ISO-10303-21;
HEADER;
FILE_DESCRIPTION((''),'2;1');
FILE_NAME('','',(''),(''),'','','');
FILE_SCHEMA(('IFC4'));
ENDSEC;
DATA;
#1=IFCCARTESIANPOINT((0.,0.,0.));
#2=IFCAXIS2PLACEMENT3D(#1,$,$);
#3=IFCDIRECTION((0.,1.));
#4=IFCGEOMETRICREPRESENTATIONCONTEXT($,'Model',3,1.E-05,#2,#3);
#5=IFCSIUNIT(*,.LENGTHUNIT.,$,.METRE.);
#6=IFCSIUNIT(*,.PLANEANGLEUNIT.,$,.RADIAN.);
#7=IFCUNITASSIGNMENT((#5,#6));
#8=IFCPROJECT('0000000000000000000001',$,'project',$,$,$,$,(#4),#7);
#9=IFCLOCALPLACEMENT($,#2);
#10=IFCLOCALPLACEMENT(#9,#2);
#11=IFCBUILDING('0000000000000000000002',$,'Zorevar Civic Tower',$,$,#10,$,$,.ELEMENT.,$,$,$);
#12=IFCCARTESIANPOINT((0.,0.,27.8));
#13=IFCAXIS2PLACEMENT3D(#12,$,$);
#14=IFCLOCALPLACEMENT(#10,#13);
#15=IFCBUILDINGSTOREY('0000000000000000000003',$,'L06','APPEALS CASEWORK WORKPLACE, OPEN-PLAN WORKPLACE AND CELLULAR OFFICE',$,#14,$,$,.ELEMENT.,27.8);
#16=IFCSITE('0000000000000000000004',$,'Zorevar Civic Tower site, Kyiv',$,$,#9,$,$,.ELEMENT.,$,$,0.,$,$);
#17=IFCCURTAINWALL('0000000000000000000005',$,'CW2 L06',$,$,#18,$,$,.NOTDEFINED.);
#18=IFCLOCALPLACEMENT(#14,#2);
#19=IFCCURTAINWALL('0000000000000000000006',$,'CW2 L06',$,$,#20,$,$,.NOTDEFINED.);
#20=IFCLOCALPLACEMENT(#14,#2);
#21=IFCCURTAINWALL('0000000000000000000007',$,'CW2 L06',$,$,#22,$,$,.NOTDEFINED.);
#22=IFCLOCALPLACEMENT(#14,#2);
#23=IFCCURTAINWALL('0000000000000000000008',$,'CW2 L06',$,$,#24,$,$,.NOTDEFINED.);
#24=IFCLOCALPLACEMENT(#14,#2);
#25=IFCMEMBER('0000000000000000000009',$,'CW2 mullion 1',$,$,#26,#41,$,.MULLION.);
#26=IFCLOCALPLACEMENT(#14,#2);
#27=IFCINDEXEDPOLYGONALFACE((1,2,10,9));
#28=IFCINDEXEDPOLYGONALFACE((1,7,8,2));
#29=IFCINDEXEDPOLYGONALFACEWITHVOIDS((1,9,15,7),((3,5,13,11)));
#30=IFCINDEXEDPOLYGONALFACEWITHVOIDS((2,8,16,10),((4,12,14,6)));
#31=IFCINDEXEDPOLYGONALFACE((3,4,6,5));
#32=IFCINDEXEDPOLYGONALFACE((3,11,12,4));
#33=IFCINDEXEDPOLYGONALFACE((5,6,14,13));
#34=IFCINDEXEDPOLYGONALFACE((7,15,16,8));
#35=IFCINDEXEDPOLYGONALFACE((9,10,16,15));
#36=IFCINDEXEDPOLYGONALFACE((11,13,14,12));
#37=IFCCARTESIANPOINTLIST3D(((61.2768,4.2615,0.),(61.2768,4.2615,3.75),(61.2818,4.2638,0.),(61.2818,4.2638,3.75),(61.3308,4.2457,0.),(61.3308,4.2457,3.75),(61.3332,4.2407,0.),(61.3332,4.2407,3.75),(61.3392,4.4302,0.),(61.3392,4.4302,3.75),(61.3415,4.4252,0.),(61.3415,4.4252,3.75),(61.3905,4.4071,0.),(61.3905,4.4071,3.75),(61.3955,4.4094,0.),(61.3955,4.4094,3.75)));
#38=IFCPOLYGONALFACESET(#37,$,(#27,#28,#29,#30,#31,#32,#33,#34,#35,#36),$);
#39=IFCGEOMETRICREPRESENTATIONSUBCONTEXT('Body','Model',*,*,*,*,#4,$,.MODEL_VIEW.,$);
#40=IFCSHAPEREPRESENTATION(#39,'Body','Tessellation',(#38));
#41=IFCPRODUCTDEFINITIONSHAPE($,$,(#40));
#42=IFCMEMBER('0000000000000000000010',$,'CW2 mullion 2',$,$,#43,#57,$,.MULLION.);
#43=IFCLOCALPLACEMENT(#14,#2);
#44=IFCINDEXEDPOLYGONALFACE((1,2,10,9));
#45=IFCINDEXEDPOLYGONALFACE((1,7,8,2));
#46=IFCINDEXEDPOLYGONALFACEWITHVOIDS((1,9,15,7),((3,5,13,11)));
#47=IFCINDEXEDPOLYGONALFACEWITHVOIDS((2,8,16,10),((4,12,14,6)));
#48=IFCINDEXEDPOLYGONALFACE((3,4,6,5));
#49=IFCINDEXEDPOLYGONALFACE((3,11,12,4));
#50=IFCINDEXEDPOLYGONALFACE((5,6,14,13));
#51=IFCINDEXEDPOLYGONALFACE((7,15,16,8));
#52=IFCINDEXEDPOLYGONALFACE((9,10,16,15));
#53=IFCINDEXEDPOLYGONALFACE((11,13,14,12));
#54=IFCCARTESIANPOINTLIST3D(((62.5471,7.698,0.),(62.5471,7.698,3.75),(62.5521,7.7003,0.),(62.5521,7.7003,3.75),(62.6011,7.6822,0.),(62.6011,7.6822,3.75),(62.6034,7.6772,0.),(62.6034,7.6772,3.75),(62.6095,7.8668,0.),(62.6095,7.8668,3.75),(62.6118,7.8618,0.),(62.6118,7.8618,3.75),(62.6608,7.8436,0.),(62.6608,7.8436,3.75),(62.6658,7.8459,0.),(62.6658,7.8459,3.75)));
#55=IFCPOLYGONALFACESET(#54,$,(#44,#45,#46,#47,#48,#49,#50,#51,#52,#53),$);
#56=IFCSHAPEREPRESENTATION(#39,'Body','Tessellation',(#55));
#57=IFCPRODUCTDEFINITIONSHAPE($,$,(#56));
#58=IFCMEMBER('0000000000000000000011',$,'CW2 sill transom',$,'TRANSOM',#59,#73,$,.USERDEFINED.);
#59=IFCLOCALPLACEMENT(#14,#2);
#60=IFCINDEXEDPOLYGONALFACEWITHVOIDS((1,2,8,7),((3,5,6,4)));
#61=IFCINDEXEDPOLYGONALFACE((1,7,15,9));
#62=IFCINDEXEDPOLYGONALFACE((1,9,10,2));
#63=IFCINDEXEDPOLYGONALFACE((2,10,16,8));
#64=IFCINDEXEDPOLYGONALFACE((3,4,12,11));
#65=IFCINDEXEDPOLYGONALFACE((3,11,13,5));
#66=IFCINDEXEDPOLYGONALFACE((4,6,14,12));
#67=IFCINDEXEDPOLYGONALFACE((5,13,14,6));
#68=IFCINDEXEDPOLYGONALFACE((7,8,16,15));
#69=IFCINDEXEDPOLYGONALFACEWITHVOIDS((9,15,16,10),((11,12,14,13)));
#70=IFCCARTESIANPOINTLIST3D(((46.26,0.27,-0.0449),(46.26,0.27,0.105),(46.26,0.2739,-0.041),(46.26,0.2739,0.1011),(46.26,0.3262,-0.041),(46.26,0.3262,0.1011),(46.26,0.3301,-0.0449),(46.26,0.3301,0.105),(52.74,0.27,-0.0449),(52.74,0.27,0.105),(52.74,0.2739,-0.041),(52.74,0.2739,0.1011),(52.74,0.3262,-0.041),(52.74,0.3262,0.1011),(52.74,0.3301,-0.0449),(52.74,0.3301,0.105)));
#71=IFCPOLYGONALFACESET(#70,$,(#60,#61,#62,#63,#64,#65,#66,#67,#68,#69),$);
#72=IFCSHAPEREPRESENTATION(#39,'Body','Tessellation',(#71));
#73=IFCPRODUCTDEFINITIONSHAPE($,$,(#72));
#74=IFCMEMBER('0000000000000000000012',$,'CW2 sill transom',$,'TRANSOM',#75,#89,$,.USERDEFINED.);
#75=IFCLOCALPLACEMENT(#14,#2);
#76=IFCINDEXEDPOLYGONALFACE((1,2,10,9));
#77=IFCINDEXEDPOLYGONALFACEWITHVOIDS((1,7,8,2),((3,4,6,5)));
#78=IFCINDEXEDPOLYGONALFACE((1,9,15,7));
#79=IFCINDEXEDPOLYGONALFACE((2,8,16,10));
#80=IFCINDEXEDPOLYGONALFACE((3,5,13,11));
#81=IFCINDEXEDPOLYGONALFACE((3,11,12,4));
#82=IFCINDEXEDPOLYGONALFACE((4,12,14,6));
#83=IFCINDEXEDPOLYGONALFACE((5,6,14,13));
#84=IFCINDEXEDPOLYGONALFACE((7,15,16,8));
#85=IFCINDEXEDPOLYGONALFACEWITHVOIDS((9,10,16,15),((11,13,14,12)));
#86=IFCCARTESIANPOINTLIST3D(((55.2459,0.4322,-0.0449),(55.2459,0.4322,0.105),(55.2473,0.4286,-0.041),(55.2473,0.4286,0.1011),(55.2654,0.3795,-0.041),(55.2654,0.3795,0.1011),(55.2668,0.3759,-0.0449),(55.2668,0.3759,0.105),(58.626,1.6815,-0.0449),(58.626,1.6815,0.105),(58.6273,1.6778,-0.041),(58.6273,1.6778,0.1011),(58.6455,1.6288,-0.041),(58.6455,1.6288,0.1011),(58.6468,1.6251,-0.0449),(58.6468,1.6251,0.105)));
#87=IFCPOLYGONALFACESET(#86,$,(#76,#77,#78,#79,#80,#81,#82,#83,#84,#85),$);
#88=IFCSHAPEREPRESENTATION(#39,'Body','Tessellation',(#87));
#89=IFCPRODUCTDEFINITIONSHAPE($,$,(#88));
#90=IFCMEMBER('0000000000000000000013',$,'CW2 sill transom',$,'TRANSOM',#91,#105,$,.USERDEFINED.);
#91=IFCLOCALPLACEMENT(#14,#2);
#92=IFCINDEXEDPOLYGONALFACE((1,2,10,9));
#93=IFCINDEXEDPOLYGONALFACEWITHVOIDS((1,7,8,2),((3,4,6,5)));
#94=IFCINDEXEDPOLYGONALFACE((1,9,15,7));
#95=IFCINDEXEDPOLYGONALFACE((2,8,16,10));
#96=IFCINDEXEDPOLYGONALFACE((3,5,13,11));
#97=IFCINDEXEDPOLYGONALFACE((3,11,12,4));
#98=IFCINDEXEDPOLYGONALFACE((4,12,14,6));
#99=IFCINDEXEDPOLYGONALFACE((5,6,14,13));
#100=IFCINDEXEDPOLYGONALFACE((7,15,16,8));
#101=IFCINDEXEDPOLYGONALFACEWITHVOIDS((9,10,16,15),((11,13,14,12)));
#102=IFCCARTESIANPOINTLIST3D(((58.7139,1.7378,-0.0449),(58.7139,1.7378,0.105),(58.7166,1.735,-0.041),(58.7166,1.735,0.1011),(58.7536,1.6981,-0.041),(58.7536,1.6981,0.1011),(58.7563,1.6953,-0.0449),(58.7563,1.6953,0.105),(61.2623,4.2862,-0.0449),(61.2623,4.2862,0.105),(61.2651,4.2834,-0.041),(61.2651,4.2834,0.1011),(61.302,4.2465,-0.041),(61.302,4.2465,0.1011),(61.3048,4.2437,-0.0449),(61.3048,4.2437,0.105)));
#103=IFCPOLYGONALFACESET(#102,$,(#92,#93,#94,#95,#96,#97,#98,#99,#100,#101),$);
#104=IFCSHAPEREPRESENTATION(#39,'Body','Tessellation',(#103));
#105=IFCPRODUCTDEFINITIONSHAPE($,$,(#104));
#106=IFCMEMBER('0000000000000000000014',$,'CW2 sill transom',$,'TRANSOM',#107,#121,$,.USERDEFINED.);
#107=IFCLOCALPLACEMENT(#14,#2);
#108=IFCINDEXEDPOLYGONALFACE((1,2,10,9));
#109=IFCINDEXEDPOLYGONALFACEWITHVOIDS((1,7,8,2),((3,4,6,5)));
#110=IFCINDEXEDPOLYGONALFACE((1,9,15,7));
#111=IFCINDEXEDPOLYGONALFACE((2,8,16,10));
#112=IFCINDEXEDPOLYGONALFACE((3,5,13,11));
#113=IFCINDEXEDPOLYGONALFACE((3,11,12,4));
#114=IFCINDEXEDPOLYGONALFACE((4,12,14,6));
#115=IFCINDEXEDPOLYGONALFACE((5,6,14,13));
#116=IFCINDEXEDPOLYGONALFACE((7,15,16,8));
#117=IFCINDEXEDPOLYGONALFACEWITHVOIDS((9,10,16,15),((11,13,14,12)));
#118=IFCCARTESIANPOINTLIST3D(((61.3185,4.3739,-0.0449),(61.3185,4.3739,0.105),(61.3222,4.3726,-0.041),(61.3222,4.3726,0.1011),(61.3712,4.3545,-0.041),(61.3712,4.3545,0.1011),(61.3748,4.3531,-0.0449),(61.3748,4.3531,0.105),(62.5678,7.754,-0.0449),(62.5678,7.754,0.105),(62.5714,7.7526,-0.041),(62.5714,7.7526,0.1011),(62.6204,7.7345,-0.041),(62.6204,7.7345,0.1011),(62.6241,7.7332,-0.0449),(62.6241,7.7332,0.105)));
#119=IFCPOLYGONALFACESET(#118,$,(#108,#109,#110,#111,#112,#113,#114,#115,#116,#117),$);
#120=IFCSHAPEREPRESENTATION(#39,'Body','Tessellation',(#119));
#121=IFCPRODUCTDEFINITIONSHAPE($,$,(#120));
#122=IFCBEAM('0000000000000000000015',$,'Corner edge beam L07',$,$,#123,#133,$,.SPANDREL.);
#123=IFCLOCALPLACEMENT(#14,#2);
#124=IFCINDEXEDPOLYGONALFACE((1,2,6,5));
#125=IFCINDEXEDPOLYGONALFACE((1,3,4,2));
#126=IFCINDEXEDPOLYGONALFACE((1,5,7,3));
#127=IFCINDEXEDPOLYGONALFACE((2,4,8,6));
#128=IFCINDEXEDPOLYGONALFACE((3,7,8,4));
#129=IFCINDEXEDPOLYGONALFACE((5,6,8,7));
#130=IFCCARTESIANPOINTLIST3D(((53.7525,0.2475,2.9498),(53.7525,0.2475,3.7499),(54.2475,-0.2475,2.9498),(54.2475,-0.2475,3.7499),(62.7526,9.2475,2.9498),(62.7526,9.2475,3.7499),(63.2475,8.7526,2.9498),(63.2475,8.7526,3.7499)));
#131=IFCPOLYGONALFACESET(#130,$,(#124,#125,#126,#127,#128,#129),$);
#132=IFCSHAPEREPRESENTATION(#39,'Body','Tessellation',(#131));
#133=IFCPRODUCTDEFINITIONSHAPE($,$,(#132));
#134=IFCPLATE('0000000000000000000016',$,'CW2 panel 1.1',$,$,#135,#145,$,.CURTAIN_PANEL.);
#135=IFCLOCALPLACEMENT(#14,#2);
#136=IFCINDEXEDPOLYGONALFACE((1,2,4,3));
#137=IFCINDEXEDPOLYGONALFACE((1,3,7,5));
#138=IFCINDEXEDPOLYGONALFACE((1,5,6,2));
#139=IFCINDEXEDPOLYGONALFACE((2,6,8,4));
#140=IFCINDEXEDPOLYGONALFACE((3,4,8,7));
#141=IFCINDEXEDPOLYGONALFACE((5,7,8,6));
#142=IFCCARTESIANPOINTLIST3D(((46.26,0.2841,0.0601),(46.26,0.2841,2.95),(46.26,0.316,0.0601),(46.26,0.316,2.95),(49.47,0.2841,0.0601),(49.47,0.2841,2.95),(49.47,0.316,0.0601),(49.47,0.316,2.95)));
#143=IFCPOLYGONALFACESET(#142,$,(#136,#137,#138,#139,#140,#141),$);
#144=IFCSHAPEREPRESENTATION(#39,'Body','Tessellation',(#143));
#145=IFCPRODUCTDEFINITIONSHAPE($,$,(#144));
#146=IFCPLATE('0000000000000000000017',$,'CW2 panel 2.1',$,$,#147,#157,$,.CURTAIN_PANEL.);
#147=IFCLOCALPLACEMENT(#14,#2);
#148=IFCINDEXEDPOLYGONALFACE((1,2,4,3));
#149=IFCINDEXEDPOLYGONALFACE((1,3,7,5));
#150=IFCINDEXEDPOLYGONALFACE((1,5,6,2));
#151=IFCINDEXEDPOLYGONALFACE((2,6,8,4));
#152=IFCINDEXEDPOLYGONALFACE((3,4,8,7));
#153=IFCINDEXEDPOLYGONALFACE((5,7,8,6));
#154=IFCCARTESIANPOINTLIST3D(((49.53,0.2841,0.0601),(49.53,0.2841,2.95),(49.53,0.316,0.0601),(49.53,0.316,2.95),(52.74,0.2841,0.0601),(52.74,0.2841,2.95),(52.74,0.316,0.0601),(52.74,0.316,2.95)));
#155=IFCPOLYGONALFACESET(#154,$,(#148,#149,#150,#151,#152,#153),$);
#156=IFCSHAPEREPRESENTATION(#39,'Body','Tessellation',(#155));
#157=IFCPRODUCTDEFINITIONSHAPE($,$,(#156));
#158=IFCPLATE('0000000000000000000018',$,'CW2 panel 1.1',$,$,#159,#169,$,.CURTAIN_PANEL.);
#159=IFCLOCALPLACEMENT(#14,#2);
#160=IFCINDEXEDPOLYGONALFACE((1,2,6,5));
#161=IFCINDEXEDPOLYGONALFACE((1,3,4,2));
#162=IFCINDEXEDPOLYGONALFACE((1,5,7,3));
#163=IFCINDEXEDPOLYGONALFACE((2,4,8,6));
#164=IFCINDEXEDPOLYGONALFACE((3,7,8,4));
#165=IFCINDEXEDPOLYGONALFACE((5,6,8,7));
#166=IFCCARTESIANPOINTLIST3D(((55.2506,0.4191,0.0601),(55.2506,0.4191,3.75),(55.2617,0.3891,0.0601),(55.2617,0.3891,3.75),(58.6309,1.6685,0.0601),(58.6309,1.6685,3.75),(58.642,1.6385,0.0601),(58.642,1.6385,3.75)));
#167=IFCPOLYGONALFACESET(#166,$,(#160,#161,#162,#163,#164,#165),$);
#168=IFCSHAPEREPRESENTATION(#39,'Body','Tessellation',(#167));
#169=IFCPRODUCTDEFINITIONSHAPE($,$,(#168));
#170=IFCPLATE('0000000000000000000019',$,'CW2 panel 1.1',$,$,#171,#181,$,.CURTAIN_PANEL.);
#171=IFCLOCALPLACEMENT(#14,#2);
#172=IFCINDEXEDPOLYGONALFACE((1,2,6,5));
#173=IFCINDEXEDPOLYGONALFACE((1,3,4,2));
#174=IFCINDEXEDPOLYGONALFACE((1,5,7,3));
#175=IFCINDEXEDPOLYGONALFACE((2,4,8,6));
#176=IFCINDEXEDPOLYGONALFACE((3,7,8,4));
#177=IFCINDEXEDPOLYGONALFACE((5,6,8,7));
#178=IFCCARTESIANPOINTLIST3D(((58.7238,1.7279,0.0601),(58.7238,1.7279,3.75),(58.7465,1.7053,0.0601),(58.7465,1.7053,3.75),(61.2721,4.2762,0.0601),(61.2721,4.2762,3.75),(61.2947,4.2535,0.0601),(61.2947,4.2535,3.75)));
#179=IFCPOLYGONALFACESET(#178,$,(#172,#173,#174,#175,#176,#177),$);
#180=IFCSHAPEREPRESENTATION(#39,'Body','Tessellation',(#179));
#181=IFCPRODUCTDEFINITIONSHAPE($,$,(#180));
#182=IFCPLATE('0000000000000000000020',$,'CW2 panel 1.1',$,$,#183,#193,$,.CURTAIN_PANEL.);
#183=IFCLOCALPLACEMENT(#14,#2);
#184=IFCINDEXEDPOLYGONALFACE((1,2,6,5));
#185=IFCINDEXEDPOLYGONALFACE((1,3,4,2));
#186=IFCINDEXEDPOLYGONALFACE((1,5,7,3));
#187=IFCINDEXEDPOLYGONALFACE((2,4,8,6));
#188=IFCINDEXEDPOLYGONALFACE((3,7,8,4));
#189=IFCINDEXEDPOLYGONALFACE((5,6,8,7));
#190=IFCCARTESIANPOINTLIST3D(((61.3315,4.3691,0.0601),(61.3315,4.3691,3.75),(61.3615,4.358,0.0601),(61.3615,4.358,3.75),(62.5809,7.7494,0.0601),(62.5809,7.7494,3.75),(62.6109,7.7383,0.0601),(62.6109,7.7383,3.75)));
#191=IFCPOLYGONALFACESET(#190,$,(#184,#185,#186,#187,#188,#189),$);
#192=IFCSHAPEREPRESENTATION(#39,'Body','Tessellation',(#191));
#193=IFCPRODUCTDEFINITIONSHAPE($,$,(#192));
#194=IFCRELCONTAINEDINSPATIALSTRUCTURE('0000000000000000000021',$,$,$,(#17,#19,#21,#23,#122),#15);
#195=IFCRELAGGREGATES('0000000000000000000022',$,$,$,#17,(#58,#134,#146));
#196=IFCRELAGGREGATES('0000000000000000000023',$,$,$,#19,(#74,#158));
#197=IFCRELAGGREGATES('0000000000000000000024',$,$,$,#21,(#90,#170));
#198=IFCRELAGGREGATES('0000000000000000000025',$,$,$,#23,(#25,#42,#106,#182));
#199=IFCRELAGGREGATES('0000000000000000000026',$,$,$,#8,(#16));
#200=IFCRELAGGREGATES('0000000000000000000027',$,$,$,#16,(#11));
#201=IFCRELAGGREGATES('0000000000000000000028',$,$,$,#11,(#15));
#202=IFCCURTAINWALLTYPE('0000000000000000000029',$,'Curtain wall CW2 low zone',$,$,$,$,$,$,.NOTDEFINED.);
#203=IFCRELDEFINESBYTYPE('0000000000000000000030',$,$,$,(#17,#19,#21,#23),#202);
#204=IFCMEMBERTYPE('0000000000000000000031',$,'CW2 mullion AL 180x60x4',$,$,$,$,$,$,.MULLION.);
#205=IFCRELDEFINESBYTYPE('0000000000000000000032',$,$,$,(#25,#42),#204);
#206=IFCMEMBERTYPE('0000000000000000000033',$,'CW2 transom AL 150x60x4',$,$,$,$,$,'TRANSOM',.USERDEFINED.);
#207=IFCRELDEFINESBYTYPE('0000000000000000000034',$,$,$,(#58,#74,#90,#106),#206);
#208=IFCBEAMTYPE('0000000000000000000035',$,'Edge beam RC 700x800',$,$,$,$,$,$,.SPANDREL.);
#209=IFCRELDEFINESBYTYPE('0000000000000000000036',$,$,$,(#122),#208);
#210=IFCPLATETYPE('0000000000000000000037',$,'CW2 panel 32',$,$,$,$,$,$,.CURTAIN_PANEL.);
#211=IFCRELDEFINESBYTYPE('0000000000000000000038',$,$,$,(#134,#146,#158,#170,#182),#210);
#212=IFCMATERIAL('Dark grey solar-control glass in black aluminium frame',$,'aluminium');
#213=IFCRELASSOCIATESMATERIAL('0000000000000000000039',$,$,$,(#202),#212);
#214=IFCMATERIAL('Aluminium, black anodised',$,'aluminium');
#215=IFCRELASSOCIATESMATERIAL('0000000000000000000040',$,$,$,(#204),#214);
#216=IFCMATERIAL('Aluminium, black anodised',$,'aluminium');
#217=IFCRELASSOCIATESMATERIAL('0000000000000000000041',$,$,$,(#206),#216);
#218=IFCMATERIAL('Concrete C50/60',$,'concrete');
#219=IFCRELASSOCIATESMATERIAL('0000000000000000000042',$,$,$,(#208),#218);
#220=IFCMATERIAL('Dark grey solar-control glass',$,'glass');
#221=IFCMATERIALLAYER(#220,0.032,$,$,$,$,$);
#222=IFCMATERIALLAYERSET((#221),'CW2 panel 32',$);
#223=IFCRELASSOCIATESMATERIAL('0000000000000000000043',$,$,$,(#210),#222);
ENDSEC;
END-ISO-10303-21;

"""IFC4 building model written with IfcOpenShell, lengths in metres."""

from ifc_helpers import new_model, si_unit, direction, frame, origin, origin_2d, place, context, subcontext, project, spatial, rectangle, hollow_rectangle, extrude, material, layer, layer_set, material_profile, profile_set, type_object, element, aggregate, save


model = new_model("IFC4")

# Units and contexts
model_context = context("Model", 3, precision=1e-05, world=origin(), true_north=direction((0.0, 1.0)))
body_context = subcontext(model_context, "Body", "Model", "MODEL_VIEW")
ifc_project = project(units=[si_unit("LENGTHUNIT", "METRE"), si_unit("PLANEANGLEUNIT", "RADIAN")], contexts=[model_context])

# Site, building, storey
site_placement = place(None, origin())
site = spatial("IfcSite", under=ifc_project, at=site_placement, Name="Zorevar Civic Tower site, Kyiv", CompositionType="ELEMENT", RefElevation=0.0)
building_placement = place(site_placement, origin())
building = spatial("IfcBuilding", under=site, at=building_placement, Name="Zorevar Civic Tower", CompositionType="ELEMENT")
storey_placement = place(building_placement, frame((0.0, 0.0, 27.8)))
storey = spatial("IfcBuildingStorey", under=building, at=storey_placement, Name="L06", Description="APPEALS CASEWORK WORKPLACE, OPEN-PLAN WORKPLACE AND CELLULAR OFFICE", CompositionType="ELEMENT", Elevation=27.8)

# Curtain walls, members
ifc_material_1 = material(Name="Dark grey solar-control glass in black aluminium frame", Category="aluminium")
curtain_wall_type = type_object("IfcCurtainWallType", Name="Curtain wall CW2 low zone", PredefinedType="NOTDEFINED", material=ifc_material_1)
curtain_wall_1_placement = place(storey_placement, origin())
curtain_wall_1 = element("IfcCurtainWall", 1, at=curtain_wall_1_placement, inside=storey, type_object=curtain_wall_type, Name="CW2 L06", PredefinedType="NOTDEFINED")
ifc_material_2 = material(Name="Aluminium, black anodised", Category="aluminium")
ifc_material_profile_1 = material_profile(ifc_material_2, hollow_rectangle(XDim=0.0601, YDim=0.1799, WallThickness=0.0039, at=origin_2d()), Name="AL 180x60x4")
ifc_profile_set_1 = profile_set([ifc_material_profile_1], Name="Aluminium, black anodised")
member_type_1 = type_object("IfcMemberType", Name="CW2 mullion AL 180x60x4", PredefinedType="MULLION", material=ifc_profile_set_1)
curtain_wall_2_placement = place(storey_placement, origin())
curtain_wall_2 = element("IfcCurtainWall", 2, at=curtain_wall_2_placement, inside=storey, type_object=curtain_wall_type, Name="CW2 L06", PredefinedType="NOTDEFINED")
curtain_wall_3_placement = place(storey_placement, origin())
curtain_wall_3 = element("IfcCurtainWall", 3, at=curtain_wall_3_placement, inside=storey, type_object=curtain_wall_type, Name="CW2 L06", PredefinedType="NOTDEFINED")
curtain_wall_4_placement = place(storey_placement, origin())
curtain_wall_4 = element("IfcCurtainWall", 4, at=curtain_wall_4_placement, inside=storey, type_object=curtain_wall_type, Name="CW2 L06", PredefinedType="NOTDEFINED")
member_1_placement = place(storey_placement, frame((61.3362, 4.3354, 0.0), z_axis=(0.0, 0.0, 1.0), x_axis=(-0.937975, 0.346704, 0.0)))
member_1 = element("IfcMember", 5, at=member_1_placement, type_object=member_type_1, Name="CW2 mullion 1", PredefinedType="MULLION", context=body_context, shape_type="SweptSolid", body=[
    extrude(hollow_rectangle(XDim=0.0601, YDim=0.1799, WallThickness=0.0039, at=origin_2d()), origin(), (0.0, 0.0, 1.0), 3.75),
])
member_2_placement = place(storey_placement, frame((62.6064, 7.772, 0.0), z_axis=(0.0, 0.0, 1.0), x_axis=(-0.937975, 0.346704, 0.0)))
member_2 = element("IfcMember", 6, at=member_2_placement, type_object=member_type_1, Name="CW2 mullion 2", PredefinedType="MULLION", context=body_context, shape_type="SweptSolid", body=[
    extrude(hollow_rectangle(XDim=0.0601, YDim=0.1799, WallThickness=0.0039, at=origin_2d()), origin(), (0.0, 0.0, 1.0), 3.75),
])

# Members
ifc_material_3 = material(Name="Aluminium, black anodised", Category="aluminium")
ifc_material_profile_2 = material_profile(ifc_material_3, hollow_rectangle(XDim=0.0601, YDim=0.1499, WallThickness=0.0039, at=origin_2d()), Name="AL 150x60x4")
ifc_profile_set_2 = profile_set([ifc_material_profile_2], Name="Aluminium, black anodised")
member_type_2 = type_object("IfcMemberType", Name="CW2 transom AL 150x60x4", ElementType="TRANSOM", PredefinedType="USERDEFINED", material=ifc_profile_set_2)
member_3_placement = place(storey_placement, frame((46.26, 0.3, 0.03), z_axis=(1.0, 0.0, 0.0), x_axis=(0.0, 1.0, 0.0)))
member_3 = element("IfcMember", 7, at=member_3_placement, type_object=member_type_2, Name="CW2 sill transom", ObjectType="TRANSOM", PredefinedType="USERDEFINED", context=body_context, shape_type="SweptSolid", body=[
    extrude(hollow_rectangle(XDim=0.0601, YDim=0.1499, WallThickness=0.0039, at=origin_2d()), origin(), (0.0, 0.0, 1.0), 6.48),
])
member_4_placement = place(storey_placement, frame((55.2563, 0.4041, 0.03), z_axis=(0.937986, 0.346672, 0.0), x_axis=(-0.346672, 0.937986, 0.0)))
member_4 = element("IfcMember", 8, at=member_4_placement, type_object=member_type_2, Name="CW2 sill transom", ObjectType="TRANSOM", PredefinedType="USERDEFINED", context=body_context, shape_type="SweptSolid", body=[
    extrude(hollow_rectangle(XDim=0.0601, YDim=0.1499, WallThickness=0.0039, at=origin_2d()), origin(), (0.0, 0.0, 1.0), 3.6035),
])
member_5_placement = place(storey_placement, frame((58.7351, 1.7166, 0.03), z_axis=(0.707107, 0.707107, 0.0), x_axis=(-0.707107, 0.707107, 0.0)))
member_5 = element("IfcMember", 9, at=member_5_placement, type_object=member_type_2, Name="CW2 sill transom", ObjectType="TRANSOM", PredefinedType="USERDEFINED", context=body_context, shape_type="SweptSolid", body=[
    extrude(hollow_rectangle(XDim=0.0601, YDim=0.1499, WallThickness=0.0039, at=origin_2d()), origin(), (0.0, 0.0, 1.0), 3.604),
])
member_6_placement = place(storey_placement, frame((61.3467, 4.3635, 0.03), z_axis=(0.346672, 0.937986, 0.0), x_axis=(-0.937986, 0.346672, 0.0)))
member_6 = element("IfcMember", 10, at=member_6_placement, type_object=member_type_2, Name="CW2 sill transom", ObjectType="TRANSOM", PredefinedType="USERDEFINED", context=body_context, shape_type="SweptSolid", body=[
    extrude(hollow_rectangle(XDim=0.0601, YDim=0.1499, WallThickness=0.0039, at=origin_2d()), origin(), (0.0, 0.0, 1.0), 3.6035),
])

# Beam
ifc_material_4 = material(Name="Concrete C50/60", Category="concrete")
ifc_material_profile_3 = material_profile(ifc_material_4, rectangle(XDim=0.7, YDim=0.8, at=origin_2d()), Name="RC 700x800")
ifc_profile_set_3 = profile_set([ifc_material_profile_3], Name="Concrete C50/60")
beam_type_1 = type_object("IfcBeamType", Name="Edge beam RC 700x800", PredefinedType="SPANDREL", material=ifc_profile_set_3)
beam_1_placement = place(storey_placement, frame((54.0, 0.0, 3.3499), z_axis=(0.707107, 0.707107, 0.0), x_axis=(-0.707107, 0.707107, 0.0)))
element("IfcBeam", 11, at=beam_1_placement, inside=storey, type_object=beam_type_1, Name="Corner edge beam L07", PredefinedType="SPANDREL", context=body_context, shape_type="SweptSolid", body=[
    extrude(rectangle(XDim=0.7, YDim=0.8, at=origin_2d()), origin(), (0.0, 0.0, 1.0), 12.728),
])

# Plates
ifc_material_5 = material(Name="Dark grey solar-control glass", Category="glass")
ifc_layer_1 = layer(ifc_material_5, 0.032)
ifc_layer_set_1 = layer_set([ifc_layer_1], Name="CW2 panel 32")
plate_type = type_object("IfcPlateType", Name="CW2 panel 32", PredefinedType="CURTAIN_PANEL", material=ifc_layer_set_1)
plate_1_placement = place(storey_placement, frame((47.865, 0.3, 0.0601), z_axis=(0.0, 0.0, 1.0), x_axis=(1.0, 0.0, 0.0)))
plate_1 = element("IfcPlate", 12, at=plate_1_placement, type_object=plate_type, Name="CW2 panel 1.1", PredefinedType="CURTAIN_PANEL", context=body_context, shape_type="SweptSolid", body=[
    extrude(rectangle(XDim=3.21, YDim=0.032, at=origin_2d()), origin(), (0.0, 0.0, 1.0), 2.8899),
])
plate_2_placement = place(storey_placement, frame((51.135, 0.3, 0.0601), z_axis=(0.0, 0.0, 1.0), x_axis=(1.0, 0.0, 0.0)))
plate_2 = element("IfcPlate", 13, at=plate_2_placement, type_object=plate_type, Name="CW2 panel 2.1", PredefinedType="CURTAIN_PANEL", context=body_context, shape_type="SweptSolid", body=[
    extrude(rectangle(XDim=3.21, YDim=0.032, at=origin_2d()), origin(), (0.0, 0.0, 1.0), 2.8899),
])
aggregate(curtain_wall_1, [member_3, plate_1, plate_2])
plate_3_placement = place(storey_placement, frame((56.9463, 1.0288, 0.0601), z_axis=(0.0, 0.0, 1.0), x_axis=(0.937975, 0.346704, 0.0)))
plate_3 = element("IfcPlate", 14, at=plate_3_placement, type_object=plate_type, Name="CW2 panel 1.1", PredefinedType="CURTAIN_PANEL", context=body_context, shape_type="SweptSolid", body=[
    extrude(rectangle(XDim=3.6038, YDim=0.032, at=origin_2d()), origin(), (0.0, 0.0, 1.0), 3.6899),
])
aggregate(curtain_wall_2, [member_4, plate_3])
plate_4_placement = place(storey_placement, frame((60.0093, 2.9907, 0.0601), z_axis=(0.0, 0.0, 1.0), x_axis=(0.707107, 0.707107, 0.0)))
plate_4 = element("IfcPlate", 15, at=plate_4_placement, type_object=plate_type, Name="CW2 panel 1.1", PredefinedType="CURTAIN_PANEL", context=body_context, shape_type="SweptSolid", body=[
    extrude(rectangle(XDim=3.6038, YDim=0.032, at=origin_2d()), origin(), (0.0, 0.0, 1.0), 3.6899),
])
aggregate(curtain_wall_3, [member_5, plate_4])
plate_5_placement = place(storey_placement, frame((61.9712, 6.0537, 0.0601), z_axis=(0.0, 0.0, 1.0), x_axis=(0.346704, 0.937975, 0.0)))
plate_5 = element("IfcPlate", 16, at=plate_5_placement, type_object=plate_type, Name="CW2 panel 1.1", PredefinedType="CURTAIN_PANEL", context=body_context, shape_type="SweptSolid", body=[
    extrude(rectangle(XDim=3.6038, YDim=0.032, at=origin_2d()), origin(), (0.0, 0.0, 1.0), 3.6899),
])
aggregate(curtain_wall_4, [member_1, member_2, member_6, plate_5])

save(model, "model.ifc")
